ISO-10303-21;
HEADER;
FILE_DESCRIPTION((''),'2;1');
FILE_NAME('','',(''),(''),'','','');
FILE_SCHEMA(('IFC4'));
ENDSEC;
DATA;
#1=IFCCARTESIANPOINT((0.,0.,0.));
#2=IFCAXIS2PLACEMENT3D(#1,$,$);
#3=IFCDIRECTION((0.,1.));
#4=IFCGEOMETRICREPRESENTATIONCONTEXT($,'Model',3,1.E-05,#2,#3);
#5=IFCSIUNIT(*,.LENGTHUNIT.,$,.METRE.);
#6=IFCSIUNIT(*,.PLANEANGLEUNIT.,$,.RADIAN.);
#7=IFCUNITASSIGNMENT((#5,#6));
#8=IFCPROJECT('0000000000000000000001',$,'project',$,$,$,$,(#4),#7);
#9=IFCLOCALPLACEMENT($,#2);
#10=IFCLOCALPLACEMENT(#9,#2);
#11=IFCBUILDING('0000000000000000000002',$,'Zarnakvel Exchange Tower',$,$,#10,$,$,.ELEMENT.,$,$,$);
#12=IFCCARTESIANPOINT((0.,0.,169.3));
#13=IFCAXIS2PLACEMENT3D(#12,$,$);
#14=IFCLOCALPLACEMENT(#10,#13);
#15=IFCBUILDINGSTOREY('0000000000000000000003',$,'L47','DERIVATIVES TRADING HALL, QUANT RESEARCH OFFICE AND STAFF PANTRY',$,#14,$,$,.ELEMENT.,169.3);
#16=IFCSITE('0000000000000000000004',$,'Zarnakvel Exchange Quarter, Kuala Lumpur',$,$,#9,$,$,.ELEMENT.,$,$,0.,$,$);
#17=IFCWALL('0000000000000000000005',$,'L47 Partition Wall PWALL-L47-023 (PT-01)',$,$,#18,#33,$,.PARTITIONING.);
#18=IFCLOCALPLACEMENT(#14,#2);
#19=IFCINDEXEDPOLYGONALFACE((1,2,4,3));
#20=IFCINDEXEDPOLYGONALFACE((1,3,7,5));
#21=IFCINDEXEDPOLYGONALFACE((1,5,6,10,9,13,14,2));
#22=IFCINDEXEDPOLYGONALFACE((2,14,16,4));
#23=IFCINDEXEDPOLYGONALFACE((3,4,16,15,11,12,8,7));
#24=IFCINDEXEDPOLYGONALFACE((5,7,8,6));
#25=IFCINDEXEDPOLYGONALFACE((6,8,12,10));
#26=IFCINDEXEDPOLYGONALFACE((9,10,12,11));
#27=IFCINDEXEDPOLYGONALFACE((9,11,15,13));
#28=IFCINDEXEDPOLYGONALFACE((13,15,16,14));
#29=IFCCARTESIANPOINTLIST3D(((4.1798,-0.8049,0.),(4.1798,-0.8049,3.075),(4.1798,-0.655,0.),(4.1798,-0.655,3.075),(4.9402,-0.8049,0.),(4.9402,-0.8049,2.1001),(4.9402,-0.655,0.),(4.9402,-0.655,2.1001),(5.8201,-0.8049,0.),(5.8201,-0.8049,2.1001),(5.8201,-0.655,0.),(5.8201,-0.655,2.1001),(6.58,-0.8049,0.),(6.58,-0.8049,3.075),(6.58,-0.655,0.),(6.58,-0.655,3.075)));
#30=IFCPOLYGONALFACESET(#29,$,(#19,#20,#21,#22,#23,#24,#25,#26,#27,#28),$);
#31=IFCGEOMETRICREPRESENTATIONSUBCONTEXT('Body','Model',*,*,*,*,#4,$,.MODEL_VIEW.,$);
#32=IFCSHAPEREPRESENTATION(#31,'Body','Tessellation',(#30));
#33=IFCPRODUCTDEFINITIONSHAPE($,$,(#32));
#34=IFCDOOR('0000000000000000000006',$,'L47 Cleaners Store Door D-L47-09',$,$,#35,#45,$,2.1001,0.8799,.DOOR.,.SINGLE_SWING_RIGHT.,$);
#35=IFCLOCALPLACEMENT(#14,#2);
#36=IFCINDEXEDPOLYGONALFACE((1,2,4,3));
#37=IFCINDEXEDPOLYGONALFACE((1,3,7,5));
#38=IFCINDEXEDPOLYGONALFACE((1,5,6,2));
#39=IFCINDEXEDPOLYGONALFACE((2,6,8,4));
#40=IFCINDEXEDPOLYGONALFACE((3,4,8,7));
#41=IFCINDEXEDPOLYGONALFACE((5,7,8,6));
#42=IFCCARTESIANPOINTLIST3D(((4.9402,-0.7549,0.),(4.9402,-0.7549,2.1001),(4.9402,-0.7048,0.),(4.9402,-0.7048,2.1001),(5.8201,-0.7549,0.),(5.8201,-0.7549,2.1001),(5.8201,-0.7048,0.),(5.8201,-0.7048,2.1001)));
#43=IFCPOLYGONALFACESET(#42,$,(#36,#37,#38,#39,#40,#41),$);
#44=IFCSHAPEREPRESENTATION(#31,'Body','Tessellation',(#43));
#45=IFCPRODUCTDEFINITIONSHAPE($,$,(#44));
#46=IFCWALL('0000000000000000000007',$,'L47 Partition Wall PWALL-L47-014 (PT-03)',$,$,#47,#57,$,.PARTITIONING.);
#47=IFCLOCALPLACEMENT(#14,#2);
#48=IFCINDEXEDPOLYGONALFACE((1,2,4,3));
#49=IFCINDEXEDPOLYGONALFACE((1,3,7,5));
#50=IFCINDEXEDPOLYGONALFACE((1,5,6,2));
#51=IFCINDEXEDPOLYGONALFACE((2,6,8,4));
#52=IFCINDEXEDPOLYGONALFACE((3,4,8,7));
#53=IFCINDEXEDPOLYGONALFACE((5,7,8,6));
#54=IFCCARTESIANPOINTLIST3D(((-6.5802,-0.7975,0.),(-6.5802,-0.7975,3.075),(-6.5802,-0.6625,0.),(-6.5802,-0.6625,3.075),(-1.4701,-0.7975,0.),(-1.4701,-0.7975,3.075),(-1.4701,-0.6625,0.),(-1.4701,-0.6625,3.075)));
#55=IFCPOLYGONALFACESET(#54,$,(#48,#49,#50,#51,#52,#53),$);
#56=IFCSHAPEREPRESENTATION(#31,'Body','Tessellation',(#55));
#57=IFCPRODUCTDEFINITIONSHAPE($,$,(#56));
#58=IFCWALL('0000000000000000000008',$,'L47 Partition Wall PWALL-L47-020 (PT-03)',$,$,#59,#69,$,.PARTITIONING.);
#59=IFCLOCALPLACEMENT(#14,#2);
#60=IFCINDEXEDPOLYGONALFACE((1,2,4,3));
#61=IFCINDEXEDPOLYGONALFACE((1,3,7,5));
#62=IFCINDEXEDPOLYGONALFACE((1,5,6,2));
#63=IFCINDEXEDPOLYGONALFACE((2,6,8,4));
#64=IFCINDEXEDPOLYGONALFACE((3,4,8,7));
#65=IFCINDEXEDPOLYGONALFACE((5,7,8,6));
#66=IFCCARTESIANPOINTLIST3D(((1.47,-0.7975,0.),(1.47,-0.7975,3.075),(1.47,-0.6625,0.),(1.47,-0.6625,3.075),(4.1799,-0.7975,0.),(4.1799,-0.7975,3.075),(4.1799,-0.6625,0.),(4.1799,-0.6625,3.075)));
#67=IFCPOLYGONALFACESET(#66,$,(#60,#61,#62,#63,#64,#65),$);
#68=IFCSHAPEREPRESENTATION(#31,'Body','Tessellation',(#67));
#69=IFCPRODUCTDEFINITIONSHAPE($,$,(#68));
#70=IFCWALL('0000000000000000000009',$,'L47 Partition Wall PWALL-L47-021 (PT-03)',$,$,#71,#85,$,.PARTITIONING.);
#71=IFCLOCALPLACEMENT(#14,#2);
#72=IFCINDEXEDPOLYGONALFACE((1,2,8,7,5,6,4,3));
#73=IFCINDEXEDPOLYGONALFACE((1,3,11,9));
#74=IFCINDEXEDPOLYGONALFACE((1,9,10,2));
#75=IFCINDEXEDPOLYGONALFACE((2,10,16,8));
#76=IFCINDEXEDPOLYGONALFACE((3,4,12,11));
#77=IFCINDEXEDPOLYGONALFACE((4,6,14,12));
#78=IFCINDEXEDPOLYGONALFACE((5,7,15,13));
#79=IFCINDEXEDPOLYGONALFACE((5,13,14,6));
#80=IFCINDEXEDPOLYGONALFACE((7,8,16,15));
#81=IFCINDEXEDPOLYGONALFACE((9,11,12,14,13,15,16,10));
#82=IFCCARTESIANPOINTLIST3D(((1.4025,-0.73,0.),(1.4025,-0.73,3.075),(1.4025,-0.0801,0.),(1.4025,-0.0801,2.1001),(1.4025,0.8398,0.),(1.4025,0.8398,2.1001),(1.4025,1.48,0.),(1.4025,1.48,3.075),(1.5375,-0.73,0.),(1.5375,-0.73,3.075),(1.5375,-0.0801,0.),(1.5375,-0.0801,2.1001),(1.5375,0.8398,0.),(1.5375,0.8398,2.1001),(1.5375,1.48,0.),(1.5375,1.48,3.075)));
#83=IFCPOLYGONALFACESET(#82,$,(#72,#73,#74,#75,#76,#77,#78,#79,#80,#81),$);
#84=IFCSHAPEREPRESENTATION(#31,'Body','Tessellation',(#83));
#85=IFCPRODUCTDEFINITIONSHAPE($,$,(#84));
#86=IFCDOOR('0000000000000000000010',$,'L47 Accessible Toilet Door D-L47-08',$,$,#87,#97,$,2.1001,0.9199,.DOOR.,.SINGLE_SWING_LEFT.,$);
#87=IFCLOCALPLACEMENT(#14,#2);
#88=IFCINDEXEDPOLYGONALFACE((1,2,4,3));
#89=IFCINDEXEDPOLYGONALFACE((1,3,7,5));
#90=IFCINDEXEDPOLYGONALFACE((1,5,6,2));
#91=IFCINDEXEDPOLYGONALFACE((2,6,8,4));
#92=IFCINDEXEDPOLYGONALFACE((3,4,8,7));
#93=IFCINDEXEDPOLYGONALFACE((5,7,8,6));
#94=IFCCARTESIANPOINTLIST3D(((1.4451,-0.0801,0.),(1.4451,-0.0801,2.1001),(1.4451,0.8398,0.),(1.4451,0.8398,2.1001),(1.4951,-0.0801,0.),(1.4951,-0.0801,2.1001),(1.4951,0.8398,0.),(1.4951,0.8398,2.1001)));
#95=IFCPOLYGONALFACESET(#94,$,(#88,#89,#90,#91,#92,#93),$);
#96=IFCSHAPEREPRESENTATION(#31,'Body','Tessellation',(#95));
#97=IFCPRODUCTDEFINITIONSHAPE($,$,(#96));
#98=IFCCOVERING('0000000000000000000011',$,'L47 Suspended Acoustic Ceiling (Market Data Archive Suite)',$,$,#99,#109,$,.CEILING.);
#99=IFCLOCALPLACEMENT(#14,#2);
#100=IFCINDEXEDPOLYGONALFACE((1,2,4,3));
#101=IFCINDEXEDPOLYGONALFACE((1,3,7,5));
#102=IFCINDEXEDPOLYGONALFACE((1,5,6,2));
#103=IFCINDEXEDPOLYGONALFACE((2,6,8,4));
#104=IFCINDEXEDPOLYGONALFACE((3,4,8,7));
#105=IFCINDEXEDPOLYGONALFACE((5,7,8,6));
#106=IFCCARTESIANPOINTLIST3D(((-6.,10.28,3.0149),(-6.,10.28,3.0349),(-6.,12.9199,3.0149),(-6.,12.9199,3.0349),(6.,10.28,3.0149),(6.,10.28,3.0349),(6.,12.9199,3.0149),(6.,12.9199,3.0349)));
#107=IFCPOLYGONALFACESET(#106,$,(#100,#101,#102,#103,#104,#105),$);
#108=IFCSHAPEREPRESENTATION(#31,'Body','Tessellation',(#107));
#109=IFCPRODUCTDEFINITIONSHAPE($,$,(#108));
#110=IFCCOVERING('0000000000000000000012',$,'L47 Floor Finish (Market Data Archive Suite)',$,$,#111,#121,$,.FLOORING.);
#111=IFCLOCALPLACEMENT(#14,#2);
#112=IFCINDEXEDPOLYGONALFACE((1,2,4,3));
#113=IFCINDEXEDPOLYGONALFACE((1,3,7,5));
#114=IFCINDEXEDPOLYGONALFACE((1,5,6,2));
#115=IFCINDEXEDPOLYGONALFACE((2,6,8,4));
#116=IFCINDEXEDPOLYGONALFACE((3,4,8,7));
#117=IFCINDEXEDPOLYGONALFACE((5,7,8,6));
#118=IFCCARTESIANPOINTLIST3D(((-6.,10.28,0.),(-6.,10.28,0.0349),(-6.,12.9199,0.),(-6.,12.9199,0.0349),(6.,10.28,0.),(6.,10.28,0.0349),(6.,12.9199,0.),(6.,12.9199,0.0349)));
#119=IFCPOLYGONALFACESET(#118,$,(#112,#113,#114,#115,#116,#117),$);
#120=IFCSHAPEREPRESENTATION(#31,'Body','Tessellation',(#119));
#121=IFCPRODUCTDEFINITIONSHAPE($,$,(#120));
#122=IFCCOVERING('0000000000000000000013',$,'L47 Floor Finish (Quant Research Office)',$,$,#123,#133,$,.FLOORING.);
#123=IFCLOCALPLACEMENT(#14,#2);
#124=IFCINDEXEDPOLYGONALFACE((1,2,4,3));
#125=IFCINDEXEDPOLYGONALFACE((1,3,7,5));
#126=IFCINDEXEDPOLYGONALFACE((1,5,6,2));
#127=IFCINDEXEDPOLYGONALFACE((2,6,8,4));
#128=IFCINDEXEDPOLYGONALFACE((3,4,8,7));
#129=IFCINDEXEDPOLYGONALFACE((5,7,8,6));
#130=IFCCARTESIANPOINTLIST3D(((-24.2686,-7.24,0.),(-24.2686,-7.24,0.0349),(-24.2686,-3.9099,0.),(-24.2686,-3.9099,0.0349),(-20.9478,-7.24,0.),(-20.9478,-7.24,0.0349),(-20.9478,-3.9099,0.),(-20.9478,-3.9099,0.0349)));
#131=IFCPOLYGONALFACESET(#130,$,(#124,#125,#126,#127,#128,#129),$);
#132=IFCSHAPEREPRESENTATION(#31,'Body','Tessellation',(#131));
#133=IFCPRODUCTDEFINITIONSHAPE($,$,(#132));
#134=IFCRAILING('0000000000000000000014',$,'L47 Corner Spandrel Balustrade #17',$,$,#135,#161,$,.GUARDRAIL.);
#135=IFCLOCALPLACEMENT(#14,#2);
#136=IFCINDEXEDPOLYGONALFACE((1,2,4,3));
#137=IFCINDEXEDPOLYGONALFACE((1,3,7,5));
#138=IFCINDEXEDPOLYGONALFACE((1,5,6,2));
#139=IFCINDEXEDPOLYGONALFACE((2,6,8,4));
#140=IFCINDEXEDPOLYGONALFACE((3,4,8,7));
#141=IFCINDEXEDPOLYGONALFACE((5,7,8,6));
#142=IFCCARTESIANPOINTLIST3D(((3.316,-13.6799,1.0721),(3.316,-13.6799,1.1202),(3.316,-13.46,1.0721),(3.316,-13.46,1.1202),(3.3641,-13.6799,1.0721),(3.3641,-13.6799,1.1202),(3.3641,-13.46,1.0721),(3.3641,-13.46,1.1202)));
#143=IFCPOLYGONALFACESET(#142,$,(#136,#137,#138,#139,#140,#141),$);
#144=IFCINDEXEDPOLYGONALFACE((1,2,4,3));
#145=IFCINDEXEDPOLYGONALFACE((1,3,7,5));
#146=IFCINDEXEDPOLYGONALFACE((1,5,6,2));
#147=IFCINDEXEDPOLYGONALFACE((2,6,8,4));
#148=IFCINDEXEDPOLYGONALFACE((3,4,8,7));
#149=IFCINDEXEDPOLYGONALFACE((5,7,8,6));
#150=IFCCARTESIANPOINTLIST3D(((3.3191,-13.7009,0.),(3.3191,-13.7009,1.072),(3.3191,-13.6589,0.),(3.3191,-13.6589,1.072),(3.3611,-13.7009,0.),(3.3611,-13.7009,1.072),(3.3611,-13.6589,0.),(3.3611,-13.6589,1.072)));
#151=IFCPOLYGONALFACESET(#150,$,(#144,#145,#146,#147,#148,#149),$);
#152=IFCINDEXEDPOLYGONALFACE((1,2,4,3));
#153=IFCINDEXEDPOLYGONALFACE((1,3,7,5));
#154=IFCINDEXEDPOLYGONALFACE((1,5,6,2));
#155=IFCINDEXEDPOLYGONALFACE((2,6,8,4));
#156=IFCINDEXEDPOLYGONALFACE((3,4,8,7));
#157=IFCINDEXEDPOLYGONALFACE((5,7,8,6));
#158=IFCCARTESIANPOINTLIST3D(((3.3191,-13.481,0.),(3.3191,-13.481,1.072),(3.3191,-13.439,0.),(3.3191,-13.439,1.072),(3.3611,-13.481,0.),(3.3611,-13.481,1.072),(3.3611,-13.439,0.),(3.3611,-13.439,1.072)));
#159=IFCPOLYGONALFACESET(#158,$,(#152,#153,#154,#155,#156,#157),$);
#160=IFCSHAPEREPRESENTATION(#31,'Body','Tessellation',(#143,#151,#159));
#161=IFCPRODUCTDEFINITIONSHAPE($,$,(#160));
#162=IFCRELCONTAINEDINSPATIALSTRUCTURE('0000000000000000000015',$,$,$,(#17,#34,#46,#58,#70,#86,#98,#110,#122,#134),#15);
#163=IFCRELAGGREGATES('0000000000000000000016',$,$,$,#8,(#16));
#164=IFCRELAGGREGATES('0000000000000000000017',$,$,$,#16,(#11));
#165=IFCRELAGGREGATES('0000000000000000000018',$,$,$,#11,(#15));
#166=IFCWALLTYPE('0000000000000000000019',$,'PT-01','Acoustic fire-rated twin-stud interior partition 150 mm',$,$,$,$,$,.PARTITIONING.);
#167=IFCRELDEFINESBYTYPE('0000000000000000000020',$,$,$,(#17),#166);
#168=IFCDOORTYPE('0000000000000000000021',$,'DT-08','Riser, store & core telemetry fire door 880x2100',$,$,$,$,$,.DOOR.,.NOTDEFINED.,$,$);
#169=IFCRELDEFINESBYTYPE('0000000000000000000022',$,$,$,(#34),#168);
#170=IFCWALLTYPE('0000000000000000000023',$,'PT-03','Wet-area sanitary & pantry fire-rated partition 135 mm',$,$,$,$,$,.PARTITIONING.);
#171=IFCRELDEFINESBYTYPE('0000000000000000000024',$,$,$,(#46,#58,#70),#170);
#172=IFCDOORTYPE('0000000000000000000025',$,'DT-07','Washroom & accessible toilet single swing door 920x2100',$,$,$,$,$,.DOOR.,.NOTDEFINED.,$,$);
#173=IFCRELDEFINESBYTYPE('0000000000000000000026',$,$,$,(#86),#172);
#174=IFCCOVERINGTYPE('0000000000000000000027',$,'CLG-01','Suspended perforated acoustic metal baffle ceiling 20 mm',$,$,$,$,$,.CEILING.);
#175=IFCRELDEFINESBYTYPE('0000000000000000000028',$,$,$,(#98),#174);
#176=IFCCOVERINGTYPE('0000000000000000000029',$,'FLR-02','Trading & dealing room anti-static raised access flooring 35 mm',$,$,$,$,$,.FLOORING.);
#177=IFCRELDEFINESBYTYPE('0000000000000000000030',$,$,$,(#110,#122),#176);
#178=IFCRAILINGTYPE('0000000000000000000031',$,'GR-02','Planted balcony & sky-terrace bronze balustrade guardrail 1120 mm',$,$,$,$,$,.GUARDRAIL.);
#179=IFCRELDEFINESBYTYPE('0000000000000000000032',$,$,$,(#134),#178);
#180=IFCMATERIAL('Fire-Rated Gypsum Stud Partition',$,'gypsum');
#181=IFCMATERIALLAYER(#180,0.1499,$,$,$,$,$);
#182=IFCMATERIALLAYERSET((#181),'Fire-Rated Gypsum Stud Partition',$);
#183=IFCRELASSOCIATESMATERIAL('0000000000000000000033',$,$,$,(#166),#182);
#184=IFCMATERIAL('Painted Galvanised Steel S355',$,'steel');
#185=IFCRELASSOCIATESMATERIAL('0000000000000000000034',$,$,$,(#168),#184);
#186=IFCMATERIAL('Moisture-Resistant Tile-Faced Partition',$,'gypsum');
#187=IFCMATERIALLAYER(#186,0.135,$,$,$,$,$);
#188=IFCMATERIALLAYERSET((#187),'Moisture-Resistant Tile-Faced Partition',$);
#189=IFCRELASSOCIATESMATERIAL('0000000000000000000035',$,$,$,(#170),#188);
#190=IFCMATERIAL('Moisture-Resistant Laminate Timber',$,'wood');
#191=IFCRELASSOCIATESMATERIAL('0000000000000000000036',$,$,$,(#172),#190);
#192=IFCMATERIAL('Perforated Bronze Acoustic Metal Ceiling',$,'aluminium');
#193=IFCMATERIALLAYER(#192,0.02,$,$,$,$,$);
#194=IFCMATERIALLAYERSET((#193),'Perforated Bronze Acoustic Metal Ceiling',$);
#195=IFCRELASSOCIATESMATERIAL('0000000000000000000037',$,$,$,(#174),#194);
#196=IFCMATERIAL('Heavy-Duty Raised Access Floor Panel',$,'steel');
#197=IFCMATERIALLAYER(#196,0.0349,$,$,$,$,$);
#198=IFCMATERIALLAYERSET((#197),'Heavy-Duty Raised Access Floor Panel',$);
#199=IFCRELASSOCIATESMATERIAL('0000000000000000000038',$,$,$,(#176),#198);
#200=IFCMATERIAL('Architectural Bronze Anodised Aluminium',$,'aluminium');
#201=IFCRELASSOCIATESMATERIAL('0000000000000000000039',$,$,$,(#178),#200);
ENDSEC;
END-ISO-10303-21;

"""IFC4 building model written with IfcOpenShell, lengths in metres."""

from ifc_helpers import new_model, si_unit, direction, frame, frame_2d, origin, origin_2d, place, context, subcontext, project, spatial, polyline, rectangle, outline, extrude, source, transform, mapped, material, layer, layer_set, type_object, element, fill, save


model = new_model("IFC4")

# Units and contexts
model_context = context("Model", 3, precision=1e-05, world=origin(), true_north=direction((0.0, 1.0)))
body_context = subcontext(model_context, "Body", "Model", "MODEL_VIEW")
ifc_project = project(units=[si_unit("LENGTHUNIT", "METRE"), si_unit("PLANEANGLEUNIT", "RADIAN")], contexts=[model_context])

# Site, building, storey
site_placement = place(None, origin())
site = spatial("IfcSite", under=ifc_project, at=site_placement, Name="Zarnakvel Exchange Quarter, Kuala Lumpur", CompositionType="ELEMENT", RefElevation=0.0)
building_placement = place(site_placement, origin())
building = spatial("IfcBuilding", under=site, at=building_placement, Name="Zarnakvel Exchange Tower", CompositionType="ELEMENT")
storey_placement = place(building_placement, frame((0.0, 0.0, 169.3)))
storey = spatial("IfcBuildingStorey", under=building, at=storey_placement, Name="L47", Description="DERIVATIVES TRADING HALL, QUANT RESEARCH OFFICE AND STAFF PANTRY", CompositionType="ELEMENT", Elevation=169.3)

# Shared definitions
ifc_material_1 = material(Name="Architectural Bronze Anodised Aluminium", Category="aluminium")

# Wall, opening, door
ifc_material_2 = material(Name="Fire-Rated Gypsum Stud Partition", Category="gypsum")
ifc_layer_1 = layer(ifc_material_2, 0.1499)
ifc_layer_set_1 = layer_set([ifc_layer_1], Name="Fire-Rated Gypsum Stud Partition")
wall_type_1 = type_object("IfcWallType", Name="PT-01", Description="Acoustic fire-rated twin-stud interior partition 150 mm", PredefinedType="PARTITIONING", material=ifc_layer_set_1)
wall_1_placement = place(storey_placement, frame((6.5801, -0.73, 0.0), z_axis=(0.0, 0.0, 1.0), x_axis=(-1.0, 0.0, 0.0)))
wall_1 = element("IfcWall", 1, at=wall_1_placement, inside=storey, type_object=wall_type_1, Name="L47 Partition Wall PWALL-L47-023 (PT-01)", PredefinedType="PARTITIONING", context=body_context, shape_type="SweptSolid", body=[
    extrude(rectangle(XDim=2.4001, YDim=0.1499, at=frame_2d((1.2002, 0.0))), origin(), (0.0, 0.0, 1.0), 3.075),
])
opening_1_placement = place(wall_1_placement, frame((0.76, 0.0, 0.0)))
opening_1 = element("IfcOpeningElement", 2, at=opening_1_placement, cuts=wall_1, PredefinedType="OPENING", context=body_context, shape_type="SweptSolid", body=[
    extrude(rectangle(XDim=0.8799, YDim=2.1001, at=frame_2d((0.4399, 1.05))), frame((0.0, 0.085, 0.0), z_axis=(0.0, -1.0, 0.0), x_axis=(1.0, 0.0, 0.0)), (0.0, 0.0, 1.0), 0.1699),
])
ifc_material_3 = material(Name="Painted Galvanised Steel S355", Category="steel")
door_type_1 = type_object("IfcDoorType", Name="DT-08", Description="Riser, store & core telemetry fire door 880x2100", OperationType="NOTDEFINED", PredefinedType="DOOR", material=ifc_material_3)
shared_shape_1 = source(origin(), body_context, "Body", "SweptSolid", [
    extrude(rectangle(XDim=0.8799, YDim=2.1001, at=frame_2d((0.4399, 1.05))), frame((0.0, 0.0249, 0.0), z_axis=(0.0, -1.0, 0.0), x_axis=(1.0, 0.0, 0.0)), (0.0, 0.0, 1.0), 0.05),
])
door_1_placement = place(opening_1_placement, origin())
door_1 = element("IfcDoor", 3, at=door_1_placement, inside=storey, type_object=door_type_1, Name="L47 Cleaners Store Door D-L47-09", OperationType="SINGLE_SWING_RIGHT", OverallHeight=2.1001, OverallWidth=0.8799, PredefinedType="DOOR", context=body_context, shape_type="MappedRepresentation", body=[
    mapped(shared_shape_1, transform((0.0, 0.0, 0.0), x_axis=(1.0, 0.0, 0.0), y_axis=(0.0, 1.0, 0.0), z_axis=(0.0, 0.0, 1.0), scale=1.0)),
])
fill(opening_1, door_1)

# Walls
ifc_material_4 = material(Name="Moisture-Resistant Tile-Faced Partition", Category="gypsum")
ifc_layer_2 = layer(ifc_material_4, 0.135)
ifc_layer_set_2 = layer_set([ifc_layer_2], Name="Moisture-Resistant Tile-Faced Partition")
wall_type_2 = type_object("IfcWallType", Name="PT-03", Description="Wet-area sanitary & pantry fire-rated partition 135 mm", PredefinedType="PARTITIONING", material=ifc_layer_set_2)
wall_2_placement = place(storey_placement, frame((-1.47, -0.73, 0.0), z_axis=(0.0, 0.0, 1.0), x_axis=(-1.0, 0.0, 0.0)))
element("IfcWall", 4, at=wall_2_placement, inside=storey, type_object=wall_type_2, Name="L47 Partition Wall PWALL-L47-014 (PT-03)", PredefinedType="PARTITIONING", context=body_context, shape_type="SweptSolid", body=[
    extrude(rectangle(XDim=5.1101, YDim=0.135, at=frame_2d((2.5552, 0.0))), origin(), (0.0, 0.0, 1.0), 3.075),
])
wall_3_placement = place(storey_placement, frame((4.1799, -0.73, 0.0), z_axis=(0.0, 0.0, 1.0), x_axis=(-1.0, 0.0, 0.0)))
element("IfcWall", 5, at=wall_3_placement, inside=storey, type_object=wall_type_2, Name="L47 Partition Wall PWALL-L47-020 (PT-03)", PredefinedType="PARTITIONING", context=body_context, shape_type="SweptSolid", body=[
    extrude(rectangle(XDim=2.71, YDim=0.135, at=frame_2d((1.355, 0.0))), origin(), (0.0, 0.0, 1.0), 3.075),
])

# Wall, opening, door
wall_4_placement = place(storey_placement, frame((1.47, -0.73, 0.0), z_axis=(0.0, 0.0, 1.0), x_axis=(0.0, 1.0, 0.0)))
wall_4 = element("IfcWall", 6, at=wall_4_placement, inside=storey, type_object=wall_type_2, Name="L47 Partition Wall PWALL-L47-021 (PT-03)", PredefinedType="PARTITIONING", context=body_context, shape_type="SweptSolid", body=[
    extrude(rectangle(XDim=2.21, YDim=0.135, at=frame_2d((1.105, 0.0))), origin(), (0.0, 0.0, 1.0), 3.075),
])
opening_2_placement = place(wall_4_placement, frame((0.6499, 0.0, 0.0)))
opening_2 = element("IfcOpeningElement", 7, at=opening_2_placement, cuts=wall_4, PredefinedType="OPENING", context=body_context, shape_type="SweptSolid", body=[
    extrude(rectangle(XDim=0.9199, YDim=2.1001, at=frame_2d((0.46, 1.05))), frame((0.0, 0.0774, 0.0), z_axis=(0.0, -1.0, 0.0), x_axis=(1.0, 0.0, 0.0)), (0.0, 0.0, 1.0), 0.155),
])
ifc_material_5 = material(Name="Moisture-Resistant Laminate Timber", Category="wood")
door_type_2 = type_object("IfcDoorType", Name="DT-07", Description="Washroom & accessible toilet single swing door 920x2100", OperationType="NOTDEFINED", PredefinedType="DOOR", material=ifc_material_5)
shared_shape_2 = source(origin(), body_context, "Body", "SweptSolid", [
    extrude(rectangle(XDim=0.9199, YDim=2.1001, at=frame_2d((0.46, 1.05))), frame((0.0, 0.0249, 0.0), z_axis=(0.0, -1.0, 0.0), x_axis=(1.0, 0.0, 0.0)), (0.0, 0.0, 1.0), 0.05),
])
door_2_placement = place(opening_2_placement, origin())
door_2 = element("IfcDoor", 8, at=door_2_placement, inside=storey, type_object=door_type_2, Name="L47 Accessible Toilet Door D-L47-08", OperationType="SINGLE_SWING_LEFT", OverallHeight=2.1001, OverallWidth=0.9199, PredefinedType="DOOR", context=body_context, shape_type="MappedRepresentation", body=[
    mapped(shared_shape_2, transform((0.0, 0.0, 0.0), x_axis=(1.0, 0.0, 0.0), y_axis=(0.0, 1.0, 0.0), z_axis=(0.0, 0.0, 1.0), scale=1.0)),
])
fill(opening_2, door_2)

# Coverings
ifc_material_6 = material(Name="Perforated Bronze Acoustic Metal Ceiling", Category="aluminium")
ifc_layer_3 = layer(ifc_material_6, 0.02)
ifc_layer_set_3 = layer_set([ifc_layer_3], Name="Perforated Bronze Acoustic Metal Ceiling")
covering_type_1 = type_object("IfcCoveringType", Name="CLG-01", Description="Suspended perforated acoustic metal baffle ceiling 20 mm", PredefinedType="CEILING", material=ifc_layer_set_3)
covering_1_placement = place(storey_placement, frame((0.0, 0.0, 3.0149)))
element("IfcCovering", 9, at=covering_1_placement, inside=storey, type_object=covering_type_1, Name="L47 Suspended Acoustic Ceiling (Market Data Archive Suite)", PredefinedType="CEILING", context=body_context, shape_type="SweptSolid", body=[
    extrude(outline(polyline([(-6.0, 12.9199), (6.0, 12.9199), (6.0, 10.28), (-6.0, 10.28), (-6.0, 12.9199)])), origin(), (0.0, 0.0, 1.0), 0.02),
])
ifc_material_7 = material(Name="Heavy-Duty Raised Access Floor Panel", Category="steel")
ifc_layer_4 = layer(ifc_material_7, 0.0349)
ifc_layer_set_4 = layer_set([ifc_layer_4], Name="Heavy-Duty Raised Access Floor Panel")
covering_type_2 = type_object("IfcCoveringType", Name="FLR-02", Description="Trading & dealing room anti-static raised access flooring 35 mm", PredefinedType="FLOORING", material=ifc_layer_set_4)
covering_2_placement = place(storey_placement, origin())
element("IfcCovering", 10, at=covering_2_placement, inside=storey, type_object=covering_type_2, Name="L47 Floor Finish (Market Data Archive Suite)", PredefinedType="FLOORING", context=body_context, shape_type="SweptSolid", body=[
    extrude(outline(polyline([(-6.0, 12.9199), (6.0, 12.9199), (6.0, 10.28), (-6.0, 10.28), (-6.0, 12.9199)])), origin(), (0.0, 0.0, 1.0), 0.0349),
])
covering_3_placement = place(storey_placement, origin())
element("IfcCovering", 11, at=covering_3_placement, inside=storey, type_object=covering_type_2, Name="L47 Floor Finish (Quant Research Office)", PredefinedType="FLOORING", context=body_context, shape_type="SweptSolid", body=[
    extrude(outline(polyline([(-24.2686, -3.9099), (-20.9478, -3.9099), (-20.9478, -7.24), (-24.2686, -7.24), (-24.2686, -3.9099)])), origin(), (0.0, 0.0, 1.0), 0.0349),
])

# Railing
railing_type = type_object("IfcRailingType", Name="GR-02", Description="Planted balcony & sky-terrace bronze balustrade guardrail 1120 mm", PredefinedType="GUARDRAIL", material=ifc_material_1)
railing_1_placement = place(storey_placement, frame((3.3401, -13.6799, 0.0)))
element("IfcRailing", 12, at=railing_1_placement, inside=storey, type_object=railing_type, Name="L47 Corner Spandrel Balustrade #17", PredefinedType="GUARDRAIL", context=body_context, shape_type="SweptSolid", body=[
    extrude(rectangle(XDim=0.0481, YDim=0.0481, at=origin_2d()), frame((0.0, 0.0, 1.0962), z_axis=(0.0, 1.0, 0.0), x_axis=(-1.0, 0.0, 0.0)), (0.0, 0.0, 1.0), 0.22),
    extrude(rectangle(XDim=0.042, YDim=0.042, at=origin_2d()), origin(), (0.0, 0.0, 1.0), 1.072),
    extrude(rectangle(XDim=0.042, YDim=0.042, at=origin_2d()), frame((0.0, 0.22, 0.0)), (0.0, 0.0, 1.0), 1.072),
])

save(model, "model.ifc")
